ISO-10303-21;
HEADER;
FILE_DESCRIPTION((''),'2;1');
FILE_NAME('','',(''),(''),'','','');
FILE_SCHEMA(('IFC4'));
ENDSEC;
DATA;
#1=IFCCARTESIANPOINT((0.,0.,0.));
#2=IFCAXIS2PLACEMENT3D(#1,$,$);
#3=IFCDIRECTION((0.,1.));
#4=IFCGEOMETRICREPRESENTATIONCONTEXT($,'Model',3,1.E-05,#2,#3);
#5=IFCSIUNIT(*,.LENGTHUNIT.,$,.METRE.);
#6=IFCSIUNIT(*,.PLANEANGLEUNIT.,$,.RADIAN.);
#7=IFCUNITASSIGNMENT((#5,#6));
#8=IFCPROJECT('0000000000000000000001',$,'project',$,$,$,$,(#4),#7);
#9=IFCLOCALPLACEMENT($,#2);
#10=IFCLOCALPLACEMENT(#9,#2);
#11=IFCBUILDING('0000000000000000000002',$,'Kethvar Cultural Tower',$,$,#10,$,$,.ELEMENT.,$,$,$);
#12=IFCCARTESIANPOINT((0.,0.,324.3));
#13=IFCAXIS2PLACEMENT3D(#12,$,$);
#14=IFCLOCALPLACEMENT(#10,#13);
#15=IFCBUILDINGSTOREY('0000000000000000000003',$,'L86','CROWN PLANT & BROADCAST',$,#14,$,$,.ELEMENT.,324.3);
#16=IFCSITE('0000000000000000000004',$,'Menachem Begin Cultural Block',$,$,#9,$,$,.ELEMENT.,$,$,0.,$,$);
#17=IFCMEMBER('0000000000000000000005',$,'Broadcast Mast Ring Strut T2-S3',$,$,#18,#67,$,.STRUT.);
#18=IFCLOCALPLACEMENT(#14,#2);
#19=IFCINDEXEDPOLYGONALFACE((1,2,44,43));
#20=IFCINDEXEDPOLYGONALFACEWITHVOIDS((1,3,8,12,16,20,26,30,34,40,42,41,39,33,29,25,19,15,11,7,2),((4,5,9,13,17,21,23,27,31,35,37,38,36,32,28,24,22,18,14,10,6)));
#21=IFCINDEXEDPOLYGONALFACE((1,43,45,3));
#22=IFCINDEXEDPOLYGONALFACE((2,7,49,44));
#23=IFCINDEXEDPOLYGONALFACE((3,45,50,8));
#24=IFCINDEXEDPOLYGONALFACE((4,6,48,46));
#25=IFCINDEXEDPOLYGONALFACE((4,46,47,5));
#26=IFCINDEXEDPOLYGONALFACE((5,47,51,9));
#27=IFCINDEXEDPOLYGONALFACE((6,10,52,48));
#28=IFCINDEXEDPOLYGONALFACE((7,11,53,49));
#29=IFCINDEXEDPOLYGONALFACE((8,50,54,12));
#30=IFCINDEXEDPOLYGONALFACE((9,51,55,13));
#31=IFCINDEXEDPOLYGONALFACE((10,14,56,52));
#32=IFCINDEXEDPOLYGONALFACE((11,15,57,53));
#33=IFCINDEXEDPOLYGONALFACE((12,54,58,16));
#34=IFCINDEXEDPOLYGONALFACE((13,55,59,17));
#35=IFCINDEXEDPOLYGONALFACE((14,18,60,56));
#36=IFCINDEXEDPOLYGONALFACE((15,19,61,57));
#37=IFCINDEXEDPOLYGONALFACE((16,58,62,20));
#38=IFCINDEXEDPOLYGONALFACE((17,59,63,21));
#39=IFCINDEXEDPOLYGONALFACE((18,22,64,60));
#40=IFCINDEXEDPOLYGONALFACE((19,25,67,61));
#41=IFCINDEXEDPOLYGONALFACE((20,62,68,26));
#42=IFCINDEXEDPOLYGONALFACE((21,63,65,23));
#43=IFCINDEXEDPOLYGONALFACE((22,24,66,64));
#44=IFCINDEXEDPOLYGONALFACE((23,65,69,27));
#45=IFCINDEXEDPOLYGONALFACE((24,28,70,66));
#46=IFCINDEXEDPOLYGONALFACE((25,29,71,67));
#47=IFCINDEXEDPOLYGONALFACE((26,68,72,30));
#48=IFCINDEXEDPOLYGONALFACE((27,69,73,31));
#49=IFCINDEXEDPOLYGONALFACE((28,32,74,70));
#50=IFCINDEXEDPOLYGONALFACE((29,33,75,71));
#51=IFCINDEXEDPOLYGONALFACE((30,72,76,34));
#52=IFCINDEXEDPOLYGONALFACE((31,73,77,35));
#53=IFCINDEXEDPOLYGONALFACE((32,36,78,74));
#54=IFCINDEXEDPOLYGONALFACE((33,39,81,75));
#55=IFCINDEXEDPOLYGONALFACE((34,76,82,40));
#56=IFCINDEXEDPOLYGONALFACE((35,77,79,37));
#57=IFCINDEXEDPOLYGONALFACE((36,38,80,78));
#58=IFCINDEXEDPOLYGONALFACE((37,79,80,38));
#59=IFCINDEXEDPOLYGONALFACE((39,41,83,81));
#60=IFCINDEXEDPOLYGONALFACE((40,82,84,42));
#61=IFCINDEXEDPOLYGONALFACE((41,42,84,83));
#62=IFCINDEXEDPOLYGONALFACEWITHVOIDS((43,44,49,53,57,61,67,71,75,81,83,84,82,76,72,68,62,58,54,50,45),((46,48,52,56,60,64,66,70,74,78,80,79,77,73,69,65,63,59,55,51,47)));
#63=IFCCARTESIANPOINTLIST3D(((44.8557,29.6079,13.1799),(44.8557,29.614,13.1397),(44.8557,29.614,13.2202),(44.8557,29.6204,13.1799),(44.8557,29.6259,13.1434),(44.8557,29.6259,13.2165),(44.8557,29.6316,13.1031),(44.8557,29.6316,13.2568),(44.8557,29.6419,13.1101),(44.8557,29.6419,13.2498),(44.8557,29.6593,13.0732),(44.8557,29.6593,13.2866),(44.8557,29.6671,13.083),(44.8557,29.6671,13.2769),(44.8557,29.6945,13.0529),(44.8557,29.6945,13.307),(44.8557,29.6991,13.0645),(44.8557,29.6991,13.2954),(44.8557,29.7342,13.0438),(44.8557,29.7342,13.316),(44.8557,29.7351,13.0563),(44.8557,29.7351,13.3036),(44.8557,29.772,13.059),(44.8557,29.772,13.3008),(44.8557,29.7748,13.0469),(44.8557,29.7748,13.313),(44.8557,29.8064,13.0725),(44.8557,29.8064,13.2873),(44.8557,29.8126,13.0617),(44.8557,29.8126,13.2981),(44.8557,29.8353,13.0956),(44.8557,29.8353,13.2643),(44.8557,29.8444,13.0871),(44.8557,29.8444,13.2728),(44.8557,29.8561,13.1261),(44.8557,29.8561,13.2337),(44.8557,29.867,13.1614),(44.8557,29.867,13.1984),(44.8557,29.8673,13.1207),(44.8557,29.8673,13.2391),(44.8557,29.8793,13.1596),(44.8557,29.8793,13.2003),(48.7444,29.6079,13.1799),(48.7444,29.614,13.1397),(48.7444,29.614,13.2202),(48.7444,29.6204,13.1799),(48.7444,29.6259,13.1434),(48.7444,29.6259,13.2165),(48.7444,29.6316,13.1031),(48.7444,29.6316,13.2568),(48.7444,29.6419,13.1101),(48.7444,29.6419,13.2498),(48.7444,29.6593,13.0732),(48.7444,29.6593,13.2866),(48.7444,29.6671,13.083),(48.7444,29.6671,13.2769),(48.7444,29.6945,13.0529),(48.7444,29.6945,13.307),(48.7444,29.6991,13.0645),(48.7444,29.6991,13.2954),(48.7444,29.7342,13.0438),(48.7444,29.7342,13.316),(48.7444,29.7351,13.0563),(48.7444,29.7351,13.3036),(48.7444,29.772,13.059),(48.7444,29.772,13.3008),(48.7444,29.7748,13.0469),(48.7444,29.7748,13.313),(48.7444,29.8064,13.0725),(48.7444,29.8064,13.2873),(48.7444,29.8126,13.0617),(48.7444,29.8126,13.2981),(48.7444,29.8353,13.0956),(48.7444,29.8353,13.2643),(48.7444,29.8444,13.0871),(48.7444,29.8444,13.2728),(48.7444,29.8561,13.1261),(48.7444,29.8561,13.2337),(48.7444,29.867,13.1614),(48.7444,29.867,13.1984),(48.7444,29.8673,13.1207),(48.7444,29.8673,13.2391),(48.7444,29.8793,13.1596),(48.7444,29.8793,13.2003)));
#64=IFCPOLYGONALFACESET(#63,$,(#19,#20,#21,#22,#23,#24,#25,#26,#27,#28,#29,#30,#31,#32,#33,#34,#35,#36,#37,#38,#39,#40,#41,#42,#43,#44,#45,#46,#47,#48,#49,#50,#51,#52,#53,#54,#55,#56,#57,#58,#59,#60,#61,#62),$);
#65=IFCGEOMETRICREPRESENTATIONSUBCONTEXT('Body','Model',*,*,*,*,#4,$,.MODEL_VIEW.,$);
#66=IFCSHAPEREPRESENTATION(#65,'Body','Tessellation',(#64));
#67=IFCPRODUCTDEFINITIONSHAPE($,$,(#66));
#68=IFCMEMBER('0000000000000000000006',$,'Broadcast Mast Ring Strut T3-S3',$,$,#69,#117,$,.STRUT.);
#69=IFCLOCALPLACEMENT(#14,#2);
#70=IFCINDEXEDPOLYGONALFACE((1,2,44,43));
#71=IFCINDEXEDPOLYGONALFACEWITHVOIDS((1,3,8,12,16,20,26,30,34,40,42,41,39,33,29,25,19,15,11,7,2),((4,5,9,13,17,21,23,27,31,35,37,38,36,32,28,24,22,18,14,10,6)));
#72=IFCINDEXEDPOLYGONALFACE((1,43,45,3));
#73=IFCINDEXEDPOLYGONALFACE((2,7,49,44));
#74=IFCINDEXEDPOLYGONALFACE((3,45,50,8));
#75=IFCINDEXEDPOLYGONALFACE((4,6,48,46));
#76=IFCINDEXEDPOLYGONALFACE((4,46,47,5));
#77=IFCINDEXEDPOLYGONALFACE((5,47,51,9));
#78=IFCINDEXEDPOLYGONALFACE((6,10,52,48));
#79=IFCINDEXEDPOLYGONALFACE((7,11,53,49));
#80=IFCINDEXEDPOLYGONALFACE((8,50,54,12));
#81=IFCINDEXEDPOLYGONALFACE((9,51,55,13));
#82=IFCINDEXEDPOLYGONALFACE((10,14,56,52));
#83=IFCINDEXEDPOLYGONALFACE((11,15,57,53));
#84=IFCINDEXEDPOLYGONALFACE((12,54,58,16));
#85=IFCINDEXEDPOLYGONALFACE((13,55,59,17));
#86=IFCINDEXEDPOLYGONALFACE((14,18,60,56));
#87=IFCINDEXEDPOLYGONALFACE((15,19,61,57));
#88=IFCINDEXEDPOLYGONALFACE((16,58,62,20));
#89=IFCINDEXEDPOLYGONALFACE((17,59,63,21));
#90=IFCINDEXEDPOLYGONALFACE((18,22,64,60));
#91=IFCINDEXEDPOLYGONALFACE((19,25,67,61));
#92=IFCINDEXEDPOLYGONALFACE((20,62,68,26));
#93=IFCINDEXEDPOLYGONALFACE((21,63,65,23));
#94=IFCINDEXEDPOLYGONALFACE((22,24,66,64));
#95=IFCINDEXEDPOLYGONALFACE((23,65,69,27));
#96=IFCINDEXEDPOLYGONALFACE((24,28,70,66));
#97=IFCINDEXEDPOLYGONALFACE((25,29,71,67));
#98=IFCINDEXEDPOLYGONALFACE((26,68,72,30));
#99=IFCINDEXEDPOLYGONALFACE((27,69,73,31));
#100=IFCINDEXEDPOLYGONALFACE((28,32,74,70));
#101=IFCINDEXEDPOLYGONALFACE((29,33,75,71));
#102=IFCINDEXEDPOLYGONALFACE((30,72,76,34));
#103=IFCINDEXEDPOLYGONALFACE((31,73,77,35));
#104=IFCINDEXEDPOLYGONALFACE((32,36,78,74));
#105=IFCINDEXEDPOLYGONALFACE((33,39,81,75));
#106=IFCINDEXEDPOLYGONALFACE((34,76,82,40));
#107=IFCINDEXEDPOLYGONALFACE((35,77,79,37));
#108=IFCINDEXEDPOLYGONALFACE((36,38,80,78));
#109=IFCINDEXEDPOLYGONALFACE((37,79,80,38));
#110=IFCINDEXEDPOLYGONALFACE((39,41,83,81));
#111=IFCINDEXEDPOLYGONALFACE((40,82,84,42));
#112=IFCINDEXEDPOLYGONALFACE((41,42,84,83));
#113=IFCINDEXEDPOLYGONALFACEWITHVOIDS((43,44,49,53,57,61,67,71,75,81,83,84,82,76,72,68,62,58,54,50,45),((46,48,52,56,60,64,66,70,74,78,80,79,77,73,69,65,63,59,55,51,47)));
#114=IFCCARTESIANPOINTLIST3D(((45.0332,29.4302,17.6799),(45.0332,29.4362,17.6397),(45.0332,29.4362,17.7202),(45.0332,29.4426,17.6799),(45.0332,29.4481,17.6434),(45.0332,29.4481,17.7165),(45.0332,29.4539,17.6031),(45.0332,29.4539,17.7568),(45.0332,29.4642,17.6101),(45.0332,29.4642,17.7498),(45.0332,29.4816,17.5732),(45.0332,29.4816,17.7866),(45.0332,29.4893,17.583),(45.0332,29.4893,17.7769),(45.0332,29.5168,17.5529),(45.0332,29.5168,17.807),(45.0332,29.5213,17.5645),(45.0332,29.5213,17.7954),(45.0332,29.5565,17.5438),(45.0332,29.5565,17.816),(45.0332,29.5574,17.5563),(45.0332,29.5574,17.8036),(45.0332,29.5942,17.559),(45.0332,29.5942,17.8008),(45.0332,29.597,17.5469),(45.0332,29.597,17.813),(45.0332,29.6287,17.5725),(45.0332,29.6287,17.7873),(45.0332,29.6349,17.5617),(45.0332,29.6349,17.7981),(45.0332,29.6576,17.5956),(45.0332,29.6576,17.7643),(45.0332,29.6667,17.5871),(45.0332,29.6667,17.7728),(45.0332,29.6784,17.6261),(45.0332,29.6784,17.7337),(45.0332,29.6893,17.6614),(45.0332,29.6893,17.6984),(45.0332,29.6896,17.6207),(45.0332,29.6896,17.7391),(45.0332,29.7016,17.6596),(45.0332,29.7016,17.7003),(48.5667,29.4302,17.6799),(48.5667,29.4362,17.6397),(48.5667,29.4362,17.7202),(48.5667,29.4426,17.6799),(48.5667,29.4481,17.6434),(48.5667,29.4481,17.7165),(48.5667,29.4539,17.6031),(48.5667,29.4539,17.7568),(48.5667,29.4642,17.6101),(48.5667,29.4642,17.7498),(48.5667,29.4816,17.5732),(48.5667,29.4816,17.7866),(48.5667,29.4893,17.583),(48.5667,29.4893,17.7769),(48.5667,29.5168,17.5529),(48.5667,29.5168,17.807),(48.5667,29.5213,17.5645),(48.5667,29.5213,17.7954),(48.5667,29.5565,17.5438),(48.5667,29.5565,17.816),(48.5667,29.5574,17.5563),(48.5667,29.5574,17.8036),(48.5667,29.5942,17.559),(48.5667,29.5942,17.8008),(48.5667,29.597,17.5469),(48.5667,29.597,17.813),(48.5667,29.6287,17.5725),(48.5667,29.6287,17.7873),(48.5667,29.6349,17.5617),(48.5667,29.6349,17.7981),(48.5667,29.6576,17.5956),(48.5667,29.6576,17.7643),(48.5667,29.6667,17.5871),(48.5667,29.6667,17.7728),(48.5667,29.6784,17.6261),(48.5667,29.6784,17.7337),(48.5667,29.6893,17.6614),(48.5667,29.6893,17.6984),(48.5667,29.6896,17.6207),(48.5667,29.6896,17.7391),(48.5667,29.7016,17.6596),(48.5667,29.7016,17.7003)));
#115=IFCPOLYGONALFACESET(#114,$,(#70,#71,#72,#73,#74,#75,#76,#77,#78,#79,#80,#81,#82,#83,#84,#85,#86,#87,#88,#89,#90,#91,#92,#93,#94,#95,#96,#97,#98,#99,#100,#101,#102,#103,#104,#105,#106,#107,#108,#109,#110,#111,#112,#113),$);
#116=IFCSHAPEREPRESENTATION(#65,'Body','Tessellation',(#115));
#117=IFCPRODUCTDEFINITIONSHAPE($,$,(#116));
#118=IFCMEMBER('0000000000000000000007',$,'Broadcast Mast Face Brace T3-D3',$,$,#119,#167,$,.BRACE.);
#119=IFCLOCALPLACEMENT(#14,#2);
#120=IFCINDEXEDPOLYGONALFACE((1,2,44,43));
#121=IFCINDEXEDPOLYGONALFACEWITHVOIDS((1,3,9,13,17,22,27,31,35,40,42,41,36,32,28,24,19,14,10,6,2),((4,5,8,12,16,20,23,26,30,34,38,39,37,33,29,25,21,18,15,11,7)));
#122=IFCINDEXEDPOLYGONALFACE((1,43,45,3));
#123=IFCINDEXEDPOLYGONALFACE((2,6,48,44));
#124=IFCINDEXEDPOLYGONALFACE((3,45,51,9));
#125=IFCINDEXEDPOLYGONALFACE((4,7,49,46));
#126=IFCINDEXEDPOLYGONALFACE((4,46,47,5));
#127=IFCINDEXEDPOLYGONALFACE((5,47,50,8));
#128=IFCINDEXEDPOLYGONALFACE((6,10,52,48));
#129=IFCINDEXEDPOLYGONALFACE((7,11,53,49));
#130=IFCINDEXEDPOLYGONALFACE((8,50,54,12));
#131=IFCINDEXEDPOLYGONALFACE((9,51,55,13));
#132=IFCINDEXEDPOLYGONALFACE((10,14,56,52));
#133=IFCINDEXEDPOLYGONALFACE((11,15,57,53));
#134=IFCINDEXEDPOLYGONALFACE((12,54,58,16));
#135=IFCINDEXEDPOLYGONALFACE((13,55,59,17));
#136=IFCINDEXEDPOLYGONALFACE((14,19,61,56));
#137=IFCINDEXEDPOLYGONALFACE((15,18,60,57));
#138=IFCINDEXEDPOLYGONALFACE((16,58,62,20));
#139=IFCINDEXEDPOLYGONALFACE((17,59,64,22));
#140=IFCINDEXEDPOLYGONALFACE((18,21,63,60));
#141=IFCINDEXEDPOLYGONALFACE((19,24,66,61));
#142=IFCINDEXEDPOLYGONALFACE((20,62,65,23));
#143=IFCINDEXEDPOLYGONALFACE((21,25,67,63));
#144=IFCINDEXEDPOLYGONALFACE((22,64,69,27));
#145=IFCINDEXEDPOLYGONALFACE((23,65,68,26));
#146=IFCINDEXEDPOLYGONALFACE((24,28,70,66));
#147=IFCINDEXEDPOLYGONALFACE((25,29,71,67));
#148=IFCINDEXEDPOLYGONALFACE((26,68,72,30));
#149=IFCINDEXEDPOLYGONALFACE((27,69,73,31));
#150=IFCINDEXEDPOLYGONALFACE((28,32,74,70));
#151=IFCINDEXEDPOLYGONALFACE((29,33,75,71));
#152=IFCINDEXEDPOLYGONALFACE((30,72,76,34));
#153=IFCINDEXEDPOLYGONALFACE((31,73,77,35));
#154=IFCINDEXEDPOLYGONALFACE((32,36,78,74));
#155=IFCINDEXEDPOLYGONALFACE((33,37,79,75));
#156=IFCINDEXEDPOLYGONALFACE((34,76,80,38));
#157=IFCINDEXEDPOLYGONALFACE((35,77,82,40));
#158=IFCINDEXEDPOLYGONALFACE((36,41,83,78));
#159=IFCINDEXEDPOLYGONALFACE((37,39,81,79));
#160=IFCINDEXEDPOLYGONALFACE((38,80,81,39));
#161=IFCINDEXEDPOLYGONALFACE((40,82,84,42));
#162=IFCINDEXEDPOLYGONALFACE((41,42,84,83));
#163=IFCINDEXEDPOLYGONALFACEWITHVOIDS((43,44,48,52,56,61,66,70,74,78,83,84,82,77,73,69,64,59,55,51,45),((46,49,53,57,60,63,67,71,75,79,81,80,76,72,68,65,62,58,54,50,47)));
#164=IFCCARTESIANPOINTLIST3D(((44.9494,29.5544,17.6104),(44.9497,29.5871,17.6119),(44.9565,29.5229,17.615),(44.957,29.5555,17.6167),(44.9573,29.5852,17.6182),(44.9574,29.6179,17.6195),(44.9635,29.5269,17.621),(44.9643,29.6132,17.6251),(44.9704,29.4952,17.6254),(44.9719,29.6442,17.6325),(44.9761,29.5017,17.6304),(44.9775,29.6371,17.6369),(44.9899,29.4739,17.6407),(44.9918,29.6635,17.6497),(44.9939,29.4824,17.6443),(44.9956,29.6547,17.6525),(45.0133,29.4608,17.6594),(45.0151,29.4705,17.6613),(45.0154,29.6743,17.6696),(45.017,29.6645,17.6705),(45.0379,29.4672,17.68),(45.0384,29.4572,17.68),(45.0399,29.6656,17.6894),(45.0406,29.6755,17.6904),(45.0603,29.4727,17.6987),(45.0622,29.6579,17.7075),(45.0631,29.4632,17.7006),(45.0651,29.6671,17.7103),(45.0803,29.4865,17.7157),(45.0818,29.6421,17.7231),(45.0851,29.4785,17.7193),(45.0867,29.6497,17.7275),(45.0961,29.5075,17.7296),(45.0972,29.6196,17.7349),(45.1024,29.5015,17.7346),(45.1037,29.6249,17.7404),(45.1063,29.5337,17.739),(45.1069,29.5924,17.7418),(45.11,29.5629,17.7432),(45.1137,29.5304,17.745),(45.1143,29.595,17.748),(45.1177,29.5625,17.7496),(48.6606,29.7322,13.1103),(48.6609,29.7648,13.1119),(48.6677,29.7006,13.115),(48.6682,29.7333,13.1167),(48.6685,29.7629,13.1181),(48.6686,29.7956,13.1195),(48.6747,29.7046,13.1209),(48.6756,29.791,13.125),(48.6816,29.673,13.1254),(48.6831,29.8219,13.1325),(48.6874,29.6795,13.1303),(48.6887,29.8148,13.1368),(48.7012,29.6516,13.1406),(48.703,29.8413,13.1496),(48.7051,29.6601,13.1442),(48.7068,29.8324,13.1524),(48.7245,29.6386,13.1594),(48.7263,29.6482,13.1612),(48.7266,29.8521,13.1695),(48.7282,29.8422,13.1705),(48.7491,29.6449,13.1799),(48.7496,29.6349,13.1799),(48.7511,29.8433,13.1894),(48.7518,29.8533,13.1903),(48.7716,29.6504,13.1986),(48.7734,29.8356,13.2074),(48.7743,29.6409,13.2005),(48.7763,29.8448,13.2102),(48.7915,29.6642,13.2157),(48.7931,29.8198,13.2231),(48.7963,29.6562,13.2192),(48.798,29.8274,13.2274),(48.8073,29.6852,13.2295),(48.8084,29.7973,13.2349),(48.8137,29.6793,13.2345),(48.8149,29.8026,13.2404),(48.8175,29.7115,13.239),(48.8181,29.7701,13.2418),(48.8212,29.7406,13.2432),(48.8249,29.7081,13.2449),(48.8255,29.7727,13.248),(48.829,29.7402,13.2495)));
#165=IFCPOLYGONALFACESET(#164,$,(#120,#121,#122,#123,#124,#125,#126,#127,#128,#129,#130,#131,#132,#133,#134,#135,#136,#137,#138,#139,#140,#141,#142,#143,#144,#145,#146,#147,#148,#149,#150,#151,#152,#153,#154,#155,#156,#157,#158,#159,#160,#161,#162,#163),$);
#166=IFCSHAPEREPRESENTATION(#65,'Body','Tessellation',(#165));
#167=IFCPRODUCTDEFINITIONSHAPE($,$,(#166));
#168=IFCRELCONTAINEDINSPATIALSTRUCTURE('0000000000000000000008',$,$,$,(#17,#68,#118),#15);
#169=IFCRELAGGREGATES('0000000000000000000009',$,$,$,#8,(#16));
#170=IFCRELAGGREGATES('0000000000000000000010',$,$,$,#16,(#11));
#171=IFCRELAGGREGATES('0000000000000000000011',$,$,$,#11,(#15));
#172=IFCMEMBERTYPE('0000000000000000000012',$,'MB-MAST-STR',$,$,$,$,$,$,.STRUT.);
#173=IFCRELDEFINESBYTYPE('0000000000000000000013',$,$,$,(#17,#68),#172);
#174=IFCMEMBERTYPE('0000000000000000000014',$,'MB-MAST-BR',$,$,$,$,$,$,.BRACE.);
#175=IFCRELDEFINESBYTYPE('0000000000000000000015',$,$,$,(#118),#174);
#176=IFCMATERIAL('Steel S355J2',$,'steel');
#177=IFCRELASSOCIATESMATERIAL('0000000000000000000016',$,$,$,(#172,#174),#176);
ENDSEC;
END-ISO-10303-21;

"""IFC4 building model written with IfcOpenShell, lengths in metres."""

from ifc_helpers import new_model, si_unit, direction, frame, origin, origin_2d, place, context, subcontext, project, spatial, hollow_circle, extrude, source, transform, mapped, material, material_profile, profile_set, type_object, element, save


model = new_model("IFC4")

# Units and contexts
model_context = context("Model", 3, precision=1e-05, world=origin(), true_north=direction((0.0, 1.0)))
body_context = subcontext(model_context, "Body", "Model", "MODEL_VIEW")
ifc_project = project(units=[si_unit("LENGTHUNIT", "METRE"), si_unit("PLANEANGLEUNIT", "RADIAN")], contexts=[model_context])

# Site, building, storey
site_placement = place(None, origin())
site = spatial("IfcSite", under=ifc_project, at=site_placement, Name="Menachem Begin Cultural Block", CompositionType="ELEMENT", RefElevation=0.0)
building_placement = place(site_placement, origin())
building = spatial("IfcBuilding", under=site, at=building_placement, Name="Kethvar Cultural Tower", CompositionType="ELEMENT")
storey_placement = place(building_placement, frame((0.0, 0.0, 324.3)))
storey = spatial("IfcBuildingStorey", under=building, at=storey_placement, Name="L86", Description="CROWN PLANT & BROADCAST", CompositionType="ELEMENT", Elevation=324.3)

# Shared definitions
ifc_material_1 = material(Name="Steel S355J2", Category="steel")

# Members
ifc_material_profile_1 = material_profile(ifc_material_1, hollow_circle(Radius=0.1365, WallThickness=0.0125, at=origin_2d()), Name="Steel S355J2 — CHS273x12.5")
ifc_profile_set_1 = profile_set([ifc_material_profile_1], Name="Steel S355J2 — CHS273x12.5")
member_type_1 = type_object("IfcMemberType", Name="MB-MAST-STR", PredefinedType="STRUT", material=ifc_profile_set_1)
shared_shape_1 = source(origin(), body_context, "Body", "SweptSolid", [
    extrude(hollow_circle(Radius=0.1365, WallThickness=0.0125, at=origin_2d()), origin(), (0.0, 0.0, 1.0), 3.8887),
])
member_1_placement = place(storey_placement, frame((48.7444, 29.7444, 13.1799), z_axis=(-1.0, 0.0, 0.0), x_axis=(0.0, -1.0, 0.0)))
element("IfcMember", 1, at=member_1_placement, inside=storey, type_object=member_type_1, Name="Broadcast Mast Ring Strut T2-S3", PredefinedType="STRUT", context=body_context, shape_type="MappedRepresentation", body=[
    mapped(shared_shape_1, transform((0.0, 0.0, 0.0), scale=1.0)),
])
shared_shape_2 = source(origin(), body_context, "Body", "SweptSolid", [
    extrude(hollow_circle(Radius=0.1365, WallThickness=0.0125, at=origin_2d()), origin(), (0.0, 0.0, 1.0), 3.5334),
])
member_2_placement = place(storey_placement, frame((48.5667, 29.5667, 17.6799), z_axis=(-1.0, 0.0, 0.0), x_axis=(0.0, -1.0, 0.0)))
element("IfcMember", 2, at=member_2_placement, inside=storey, type_object=member_type_1, Name="Broadcast Mast Ring Strut T3-S3", PredefinedType="STRUT", context=body_context, shape_type="MappedRepresentation", body=[
    mapped(shared_shape_2, transform((0.0, 0.0, 0.0), scale=1.0)),
])
ifc_material_profile_2 = material_profile(ifc_material_1, hollow_circle(Radius=0.1096, WallThickness=0.01, at=origin_2d()), Name="Steel S355J2 — CHS219x10")
ifc_profile_set_2 = profile_set([ifc_material_profile_2], Name="Steel S355J2 — CHS219x10")
member_type_2 = type_object("IfcMemberType", Name="MB-MAST-BR", PredefinedType="BRACE", material=ifc_profile_set_2)
shared_shape_3 = source(origin(), body_context, "Body", "SweptSolid", [
    extrude(hollow_circle(Radius=0.1096, WallThickness=0.01, at=origin_2d()), origin(), (0.0, 0.0, 1.0), 5.8357),
])
member_3_placement = place(storey_placement, frame((48.7444, 29.7444, 13.1799), z_axis=(-0.635953, -0.030457, 0.771126), x_axis=(0.047837, -0.998855, 0.0)))
element("IfcMember", 3, at=member_3_placement, inside=storey, type_object=member_type_2, Name="Broadcast Mast Face Brace T3-D3", PredefinedType="BRACE", context=body_context, shape_type="MappedRepresentation", body=[
    mapped(shared_shape_3, transform((0.0, 0.0, 0.0), scale=1.0)),
])

save(model, "model.ifc")
